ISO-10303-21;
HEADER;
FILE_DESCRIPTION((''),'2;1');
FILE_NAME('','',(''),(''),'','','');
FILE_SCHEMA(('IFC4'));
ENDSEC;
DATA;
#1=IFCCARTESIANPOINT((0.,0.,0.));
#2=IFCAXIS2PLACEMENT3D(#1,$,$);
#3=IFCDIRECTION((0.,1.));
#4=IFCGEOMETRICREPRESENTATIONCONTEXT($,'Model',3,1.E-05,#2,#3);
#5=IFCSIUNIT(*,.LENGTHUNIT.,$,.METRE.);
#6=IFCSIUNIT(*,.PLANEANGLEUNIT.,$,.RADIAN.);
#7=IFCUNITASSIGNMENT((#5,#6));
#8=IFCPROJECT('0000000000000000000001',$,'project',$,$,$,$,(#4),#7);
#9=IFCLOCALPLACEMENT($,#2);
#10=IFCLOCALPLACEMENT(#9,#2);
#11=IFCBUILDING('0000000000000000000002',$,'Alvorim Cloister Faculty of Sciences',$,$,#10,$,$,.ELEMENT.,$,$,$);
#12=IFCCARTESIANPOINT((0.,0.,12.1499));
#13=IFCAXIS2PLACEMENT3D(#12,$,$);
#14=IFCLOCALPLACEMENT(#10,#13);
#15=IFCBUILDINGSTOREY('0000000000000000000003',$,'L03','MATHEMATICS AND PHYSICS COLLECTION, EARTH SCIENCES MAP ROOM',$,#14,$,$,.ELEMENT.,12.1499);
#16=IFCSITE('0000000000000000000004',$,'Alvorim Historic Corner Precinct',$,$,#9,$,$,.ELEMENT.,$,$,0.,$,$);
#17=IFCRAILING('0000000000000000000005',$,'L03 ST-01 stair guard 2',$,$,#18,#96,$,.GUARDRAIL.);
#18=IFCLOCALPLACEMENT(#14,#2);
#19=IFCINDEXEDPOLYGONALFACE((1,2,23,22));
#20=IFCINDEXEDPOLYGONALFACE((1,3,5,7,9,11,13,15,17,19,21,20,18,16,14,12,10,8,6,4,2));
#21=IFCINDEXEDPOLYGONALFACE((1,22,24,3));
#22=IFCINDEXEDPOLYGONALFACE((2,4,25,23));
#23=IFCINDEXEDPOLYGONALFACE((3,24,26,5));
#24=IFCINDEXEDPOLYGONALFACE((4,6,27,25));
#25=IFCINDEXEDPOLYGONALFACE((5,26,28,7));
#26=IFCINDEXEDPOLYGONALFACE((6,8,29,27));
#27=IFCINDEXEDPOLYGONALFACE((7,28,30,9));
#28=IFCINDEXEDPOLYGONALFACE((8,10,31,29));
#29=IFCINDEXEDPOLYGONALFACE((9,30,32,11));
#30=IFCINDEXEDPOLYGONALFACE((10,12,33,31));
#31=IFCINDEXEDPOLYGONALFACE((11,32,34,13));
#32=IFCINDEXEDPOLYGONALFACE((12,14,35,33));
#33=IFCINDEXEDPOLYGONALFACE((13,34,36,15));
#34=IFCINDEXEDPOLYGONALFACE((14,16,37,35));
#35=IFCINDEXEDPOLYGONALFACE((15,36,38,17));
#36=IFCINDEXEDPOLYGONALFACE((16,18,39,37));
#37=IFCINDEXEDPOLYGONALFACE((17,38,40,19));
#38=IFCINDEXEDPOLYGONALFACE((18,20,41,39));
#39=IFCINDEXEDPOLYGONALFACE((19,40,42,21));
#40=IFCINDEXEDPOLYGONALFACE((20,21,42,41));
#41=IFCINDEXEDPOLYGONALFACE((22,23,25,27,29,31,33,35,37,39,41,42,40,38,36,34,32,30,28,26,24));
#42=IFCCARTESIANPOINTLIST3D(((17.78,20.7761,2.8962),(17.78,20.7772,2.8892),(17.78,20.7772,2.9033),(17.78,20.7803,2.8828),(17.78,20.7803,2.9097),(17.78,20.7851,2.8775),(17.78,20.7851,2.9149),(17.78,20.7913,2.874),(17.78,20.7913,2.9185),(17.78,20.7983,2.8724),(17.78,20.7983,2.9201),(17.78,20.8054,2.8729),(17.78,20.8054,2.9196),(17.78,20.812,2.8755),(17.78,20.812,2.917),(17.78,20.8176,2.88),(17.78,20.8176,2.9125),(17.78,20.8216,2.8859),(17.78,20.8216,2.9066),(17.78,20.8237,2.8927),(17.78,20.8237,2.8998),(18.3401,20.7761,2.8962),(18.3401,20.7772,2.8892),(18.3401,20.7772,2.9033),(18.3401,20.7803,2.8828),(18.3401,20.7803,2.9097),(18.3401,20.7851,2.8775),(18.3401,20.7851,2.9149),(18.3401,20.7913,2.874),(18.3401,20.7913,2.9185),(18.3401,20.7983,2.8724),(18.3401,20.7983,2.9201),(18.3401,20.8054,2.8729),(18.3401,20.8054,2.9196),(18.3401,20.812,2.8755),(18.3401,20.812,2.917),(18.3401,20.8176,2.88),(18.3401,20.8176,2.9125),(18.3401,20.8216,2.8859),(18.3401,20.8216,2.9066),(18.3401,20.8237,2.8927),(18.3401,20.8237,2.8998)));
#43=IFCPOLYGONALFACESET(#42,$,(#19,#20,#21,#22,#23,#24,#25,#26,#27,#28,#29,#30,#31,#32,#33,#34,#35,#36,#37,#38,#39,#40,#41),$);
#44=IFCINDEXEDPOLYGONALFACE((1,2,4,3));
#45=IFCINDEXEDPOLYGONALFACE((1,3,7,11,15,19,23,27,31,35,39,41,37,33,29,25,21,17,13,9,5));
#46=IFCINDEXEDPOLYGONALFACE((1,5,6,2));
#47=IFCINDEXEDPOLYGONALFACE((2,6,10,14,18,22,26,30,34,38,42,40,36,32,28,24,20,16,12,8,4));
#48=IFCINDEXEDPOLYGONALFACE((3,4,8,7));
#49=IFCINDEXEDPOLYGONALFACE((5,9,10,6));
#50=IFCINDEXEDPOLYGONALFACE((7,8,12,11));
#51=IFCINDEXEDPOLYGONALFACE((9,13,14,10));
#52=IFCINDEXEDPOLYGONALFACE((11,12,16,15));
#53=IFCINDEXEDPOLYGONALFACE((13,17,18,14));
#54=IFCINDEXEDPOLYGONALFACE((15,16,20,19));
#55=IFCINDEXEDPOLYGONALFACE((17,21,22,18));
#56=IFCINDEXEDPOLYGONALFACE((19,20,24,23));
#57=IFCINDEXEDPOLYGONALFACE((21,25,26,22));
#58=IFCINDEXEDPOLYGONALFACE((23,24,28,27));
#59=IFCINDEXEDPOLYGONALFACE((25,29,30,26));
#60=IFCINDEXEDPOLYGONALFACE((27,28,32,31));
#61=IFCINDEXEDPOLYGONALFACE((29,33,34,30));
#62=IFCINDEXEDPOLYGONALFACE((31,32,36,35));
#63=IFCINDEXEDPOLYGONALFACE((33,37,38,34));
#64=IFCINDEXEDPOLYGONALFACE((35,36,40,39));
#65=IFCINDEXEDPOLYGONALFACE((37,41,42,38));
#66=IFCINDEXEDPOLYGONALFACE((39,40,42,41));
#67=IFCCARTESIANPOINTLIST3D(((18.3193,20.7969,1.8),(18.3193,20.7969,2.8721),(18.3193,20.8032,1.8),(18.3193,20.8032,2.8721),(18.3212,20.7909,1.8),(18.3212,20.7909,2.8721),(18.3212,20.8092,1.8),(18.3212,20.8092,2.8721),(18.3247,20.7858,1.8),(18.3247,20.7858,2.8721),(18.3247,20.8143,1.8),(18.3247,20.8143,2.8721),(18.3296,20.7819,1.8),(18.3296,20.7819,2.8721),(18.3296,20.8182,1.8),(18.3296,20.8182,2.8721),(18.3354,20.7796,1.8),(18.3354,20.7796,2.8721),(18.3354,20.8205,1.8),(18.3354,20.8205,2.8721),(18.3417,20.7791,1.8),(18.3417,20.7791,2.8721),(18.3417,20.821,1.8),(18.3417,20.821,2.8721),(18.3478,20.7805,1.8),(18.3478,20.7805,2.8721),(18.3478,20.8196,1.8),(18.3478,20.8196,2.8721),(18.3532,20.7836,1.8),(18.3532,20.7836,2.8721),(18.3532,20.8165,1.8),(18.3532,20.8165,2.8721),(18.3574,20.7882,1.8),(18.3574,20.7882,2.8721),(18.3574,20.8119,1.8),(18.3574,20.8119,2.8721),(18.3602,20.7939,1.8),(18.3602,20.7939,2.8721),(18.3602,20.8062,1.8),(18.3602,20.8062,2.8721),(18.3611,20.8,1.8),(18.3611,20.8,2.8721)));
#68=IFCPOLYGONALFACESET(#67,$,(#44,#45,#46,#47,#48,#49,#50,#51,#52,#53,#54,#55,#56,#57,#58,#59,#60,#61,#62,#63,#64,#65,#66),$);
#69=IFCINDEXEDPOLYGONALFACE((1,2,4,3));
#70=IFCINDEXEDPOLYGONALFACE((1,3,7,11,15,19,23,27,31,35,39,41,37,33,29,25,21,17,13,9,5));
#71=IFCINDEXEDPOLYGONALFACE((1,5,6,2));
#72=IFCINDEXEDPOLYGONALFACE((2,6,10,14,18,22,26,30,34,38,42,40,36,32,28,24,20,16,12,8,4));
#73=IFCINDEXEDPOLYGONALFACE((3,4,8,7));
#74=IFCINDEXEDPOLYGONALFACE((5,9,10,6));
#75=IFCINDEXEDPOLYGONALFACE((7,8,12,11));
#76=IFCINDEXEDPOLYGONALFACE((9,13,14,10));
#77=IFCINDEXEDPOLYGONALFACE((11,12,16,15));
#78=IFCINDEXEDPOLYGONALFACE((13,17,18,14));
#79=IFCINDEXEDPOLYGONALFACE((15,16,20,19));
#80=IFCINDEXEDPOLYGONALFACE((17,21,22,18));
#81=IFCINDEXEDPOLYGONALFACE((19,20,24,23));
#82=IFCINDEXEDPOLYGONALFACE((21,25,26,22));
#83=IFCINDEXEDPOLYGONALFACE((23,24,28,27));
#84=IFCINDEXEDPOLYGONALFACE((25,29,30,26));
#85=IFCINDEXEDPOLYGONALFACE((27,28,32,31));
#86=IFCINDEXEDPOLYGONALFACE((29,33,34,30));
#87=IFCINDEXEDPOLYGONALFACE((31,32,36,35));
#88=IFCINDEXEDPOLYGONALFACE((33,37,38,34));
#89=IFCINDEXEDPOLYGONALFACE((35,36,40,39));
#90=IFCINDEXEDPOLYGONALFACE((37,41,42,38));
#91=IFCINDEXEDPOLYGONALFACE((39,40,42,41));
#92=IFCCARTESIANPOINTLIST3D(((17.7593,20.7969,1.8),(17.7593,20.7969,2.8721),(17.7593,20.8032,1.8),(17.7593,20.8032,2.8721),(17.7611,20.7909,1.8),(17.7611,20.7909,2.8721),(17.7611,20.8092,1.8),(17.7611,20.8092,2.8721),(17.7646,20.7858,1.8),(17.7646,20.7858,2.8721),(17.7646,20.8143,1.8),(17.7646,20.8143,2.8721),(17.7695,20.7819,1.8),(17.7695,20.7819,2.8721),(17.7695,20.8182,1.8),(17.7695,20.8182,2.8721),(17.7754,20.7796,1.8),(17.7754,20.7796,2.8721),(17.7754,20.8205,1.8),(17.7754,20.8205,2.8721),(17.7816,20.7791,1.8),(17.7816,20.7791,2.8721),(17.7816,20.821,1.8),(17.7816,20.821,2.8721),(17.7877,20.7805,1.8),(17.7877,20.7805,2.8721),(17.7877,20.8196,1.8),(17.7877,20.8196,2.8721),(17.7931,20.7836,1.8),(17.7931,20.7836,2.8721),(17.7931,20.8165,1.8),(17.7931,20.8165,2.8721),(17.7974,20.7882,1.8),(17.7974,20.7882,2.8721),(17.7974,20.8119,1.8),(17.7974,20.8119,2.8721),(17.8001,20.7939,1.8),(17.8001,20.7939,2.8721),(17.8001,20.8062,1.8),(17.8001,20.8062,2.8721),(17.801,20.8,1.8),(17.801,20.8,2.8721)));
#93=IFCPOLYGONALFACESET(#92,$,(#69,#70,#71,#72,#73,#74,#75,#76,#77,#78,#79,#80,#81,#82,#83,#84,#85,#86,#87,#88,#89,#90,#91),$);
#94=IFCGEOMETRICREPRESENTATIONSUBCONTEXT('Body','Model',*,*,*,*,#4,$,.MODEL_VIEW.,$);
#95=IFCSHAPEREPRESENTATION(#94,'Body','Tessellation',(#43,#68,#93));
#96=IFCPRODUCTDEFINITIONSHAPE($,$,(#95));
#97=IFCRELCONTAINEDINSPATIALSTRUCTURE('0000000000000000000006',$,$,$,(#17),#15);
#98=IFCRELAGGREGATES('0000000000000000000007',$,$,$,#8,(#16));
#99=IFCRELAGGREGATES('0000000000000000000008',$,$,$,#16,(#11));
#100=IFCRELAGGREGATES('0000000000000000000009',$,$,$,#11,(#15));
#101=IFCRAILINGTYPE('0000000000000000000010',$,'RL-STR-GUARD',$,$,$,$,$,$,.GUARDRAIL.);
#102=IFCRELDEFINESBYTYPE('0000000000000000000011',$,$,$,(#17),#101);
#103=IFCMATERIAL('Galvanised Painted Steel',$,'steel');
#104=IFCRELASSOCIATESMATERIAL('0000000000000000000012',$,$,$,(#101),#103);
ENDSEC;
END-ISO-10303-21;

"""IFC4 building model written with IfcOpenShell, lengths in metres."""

from ifc_helpers import new_model, si_unit, direction, frame, origin, origin_2d, place, context, subcontext, project, spatial, circle, extrude, material, type_object, element, save


model = new_model("IFC4")

# Units and contexts
model_context = context("Model", 3, precision=1e-05, world=origin(), true_north=direction((0.0, 1.0)))
body_context = subcontext(model_context, "Body", "Model", "MODEL_VIEW")
ifc_project = project(units=[si_unit("LENGTHUNIT", "METRE"), si_unit("PLANEANGLEUNIT", "RADIAN")], contexts=[model_context])

# Site, building, storey
site_placement = place(None, origin())
site = spatial("IfcSite", under=ifc_project, at=site_placement, Name="Alvorim Historic Corner Precinct", CompositionType="ELEMENT", RefElevation=0.0)
building_placement = place(site_placement, origin())
building = spatial("IfcBuilding", under=site, at=building_placement, Name="Alvorim Cloister Faculty of Sciences", CompositionType="ELEMENT")
storey_placement = place(building_placement, frame((0.0, 0.0, 12.1499)))
storey = spatial("IfcBuildingStorey", under=building, at=storey_placement, Name="L03", Description="MATHEMATICS AND PHYSICS COLLECTION, EARTH SCIENCES MAP ROOM", CompositionType="ELEMENT", Elevation=12.1499)

# Railing
ifc_material_1 = material(Name="Galvanised Painted Steel", Category="steel")
railing_type_1 = type_object("IfcRailingType", Name="RL-STR-GUARD", PredefinedType="GUARDRAIL", material=ifc_material_1)
railing_1_placement = place(storey_placement, frame((18.3401, 20.8, 1.8)))
element("IfcRailing", 1, at=railing_1_placement, inside=storey, type_object=railing_type_1, Name="L03 ST-01 stair guard 2", PredefinedType="GUARDRAIL", context=body_context, shape_type="SweptSolid", body=[
    extrude(circle(Radius=0.0239, at=origin_2d()), frame((0.0, 0.0, 1.0962), z_axis=(-1.0, 0.0, 0.0), x_axis=(0.0, -1.0, 0.0)), (0.0, 0.0, 1.0), 0.5601),
    extrude(circle(Radius=0.021, at=origin_2d()), origin(), (0.0, 0.0, 1.0), 1.072),
    extrude(circle(Radius=0.021, at=origin_2d()), frame((-0.5601, 0.0, 0.0)), (0.0, 0.0, 1.0), 1.072),
])

save(model, "model.ifc")
